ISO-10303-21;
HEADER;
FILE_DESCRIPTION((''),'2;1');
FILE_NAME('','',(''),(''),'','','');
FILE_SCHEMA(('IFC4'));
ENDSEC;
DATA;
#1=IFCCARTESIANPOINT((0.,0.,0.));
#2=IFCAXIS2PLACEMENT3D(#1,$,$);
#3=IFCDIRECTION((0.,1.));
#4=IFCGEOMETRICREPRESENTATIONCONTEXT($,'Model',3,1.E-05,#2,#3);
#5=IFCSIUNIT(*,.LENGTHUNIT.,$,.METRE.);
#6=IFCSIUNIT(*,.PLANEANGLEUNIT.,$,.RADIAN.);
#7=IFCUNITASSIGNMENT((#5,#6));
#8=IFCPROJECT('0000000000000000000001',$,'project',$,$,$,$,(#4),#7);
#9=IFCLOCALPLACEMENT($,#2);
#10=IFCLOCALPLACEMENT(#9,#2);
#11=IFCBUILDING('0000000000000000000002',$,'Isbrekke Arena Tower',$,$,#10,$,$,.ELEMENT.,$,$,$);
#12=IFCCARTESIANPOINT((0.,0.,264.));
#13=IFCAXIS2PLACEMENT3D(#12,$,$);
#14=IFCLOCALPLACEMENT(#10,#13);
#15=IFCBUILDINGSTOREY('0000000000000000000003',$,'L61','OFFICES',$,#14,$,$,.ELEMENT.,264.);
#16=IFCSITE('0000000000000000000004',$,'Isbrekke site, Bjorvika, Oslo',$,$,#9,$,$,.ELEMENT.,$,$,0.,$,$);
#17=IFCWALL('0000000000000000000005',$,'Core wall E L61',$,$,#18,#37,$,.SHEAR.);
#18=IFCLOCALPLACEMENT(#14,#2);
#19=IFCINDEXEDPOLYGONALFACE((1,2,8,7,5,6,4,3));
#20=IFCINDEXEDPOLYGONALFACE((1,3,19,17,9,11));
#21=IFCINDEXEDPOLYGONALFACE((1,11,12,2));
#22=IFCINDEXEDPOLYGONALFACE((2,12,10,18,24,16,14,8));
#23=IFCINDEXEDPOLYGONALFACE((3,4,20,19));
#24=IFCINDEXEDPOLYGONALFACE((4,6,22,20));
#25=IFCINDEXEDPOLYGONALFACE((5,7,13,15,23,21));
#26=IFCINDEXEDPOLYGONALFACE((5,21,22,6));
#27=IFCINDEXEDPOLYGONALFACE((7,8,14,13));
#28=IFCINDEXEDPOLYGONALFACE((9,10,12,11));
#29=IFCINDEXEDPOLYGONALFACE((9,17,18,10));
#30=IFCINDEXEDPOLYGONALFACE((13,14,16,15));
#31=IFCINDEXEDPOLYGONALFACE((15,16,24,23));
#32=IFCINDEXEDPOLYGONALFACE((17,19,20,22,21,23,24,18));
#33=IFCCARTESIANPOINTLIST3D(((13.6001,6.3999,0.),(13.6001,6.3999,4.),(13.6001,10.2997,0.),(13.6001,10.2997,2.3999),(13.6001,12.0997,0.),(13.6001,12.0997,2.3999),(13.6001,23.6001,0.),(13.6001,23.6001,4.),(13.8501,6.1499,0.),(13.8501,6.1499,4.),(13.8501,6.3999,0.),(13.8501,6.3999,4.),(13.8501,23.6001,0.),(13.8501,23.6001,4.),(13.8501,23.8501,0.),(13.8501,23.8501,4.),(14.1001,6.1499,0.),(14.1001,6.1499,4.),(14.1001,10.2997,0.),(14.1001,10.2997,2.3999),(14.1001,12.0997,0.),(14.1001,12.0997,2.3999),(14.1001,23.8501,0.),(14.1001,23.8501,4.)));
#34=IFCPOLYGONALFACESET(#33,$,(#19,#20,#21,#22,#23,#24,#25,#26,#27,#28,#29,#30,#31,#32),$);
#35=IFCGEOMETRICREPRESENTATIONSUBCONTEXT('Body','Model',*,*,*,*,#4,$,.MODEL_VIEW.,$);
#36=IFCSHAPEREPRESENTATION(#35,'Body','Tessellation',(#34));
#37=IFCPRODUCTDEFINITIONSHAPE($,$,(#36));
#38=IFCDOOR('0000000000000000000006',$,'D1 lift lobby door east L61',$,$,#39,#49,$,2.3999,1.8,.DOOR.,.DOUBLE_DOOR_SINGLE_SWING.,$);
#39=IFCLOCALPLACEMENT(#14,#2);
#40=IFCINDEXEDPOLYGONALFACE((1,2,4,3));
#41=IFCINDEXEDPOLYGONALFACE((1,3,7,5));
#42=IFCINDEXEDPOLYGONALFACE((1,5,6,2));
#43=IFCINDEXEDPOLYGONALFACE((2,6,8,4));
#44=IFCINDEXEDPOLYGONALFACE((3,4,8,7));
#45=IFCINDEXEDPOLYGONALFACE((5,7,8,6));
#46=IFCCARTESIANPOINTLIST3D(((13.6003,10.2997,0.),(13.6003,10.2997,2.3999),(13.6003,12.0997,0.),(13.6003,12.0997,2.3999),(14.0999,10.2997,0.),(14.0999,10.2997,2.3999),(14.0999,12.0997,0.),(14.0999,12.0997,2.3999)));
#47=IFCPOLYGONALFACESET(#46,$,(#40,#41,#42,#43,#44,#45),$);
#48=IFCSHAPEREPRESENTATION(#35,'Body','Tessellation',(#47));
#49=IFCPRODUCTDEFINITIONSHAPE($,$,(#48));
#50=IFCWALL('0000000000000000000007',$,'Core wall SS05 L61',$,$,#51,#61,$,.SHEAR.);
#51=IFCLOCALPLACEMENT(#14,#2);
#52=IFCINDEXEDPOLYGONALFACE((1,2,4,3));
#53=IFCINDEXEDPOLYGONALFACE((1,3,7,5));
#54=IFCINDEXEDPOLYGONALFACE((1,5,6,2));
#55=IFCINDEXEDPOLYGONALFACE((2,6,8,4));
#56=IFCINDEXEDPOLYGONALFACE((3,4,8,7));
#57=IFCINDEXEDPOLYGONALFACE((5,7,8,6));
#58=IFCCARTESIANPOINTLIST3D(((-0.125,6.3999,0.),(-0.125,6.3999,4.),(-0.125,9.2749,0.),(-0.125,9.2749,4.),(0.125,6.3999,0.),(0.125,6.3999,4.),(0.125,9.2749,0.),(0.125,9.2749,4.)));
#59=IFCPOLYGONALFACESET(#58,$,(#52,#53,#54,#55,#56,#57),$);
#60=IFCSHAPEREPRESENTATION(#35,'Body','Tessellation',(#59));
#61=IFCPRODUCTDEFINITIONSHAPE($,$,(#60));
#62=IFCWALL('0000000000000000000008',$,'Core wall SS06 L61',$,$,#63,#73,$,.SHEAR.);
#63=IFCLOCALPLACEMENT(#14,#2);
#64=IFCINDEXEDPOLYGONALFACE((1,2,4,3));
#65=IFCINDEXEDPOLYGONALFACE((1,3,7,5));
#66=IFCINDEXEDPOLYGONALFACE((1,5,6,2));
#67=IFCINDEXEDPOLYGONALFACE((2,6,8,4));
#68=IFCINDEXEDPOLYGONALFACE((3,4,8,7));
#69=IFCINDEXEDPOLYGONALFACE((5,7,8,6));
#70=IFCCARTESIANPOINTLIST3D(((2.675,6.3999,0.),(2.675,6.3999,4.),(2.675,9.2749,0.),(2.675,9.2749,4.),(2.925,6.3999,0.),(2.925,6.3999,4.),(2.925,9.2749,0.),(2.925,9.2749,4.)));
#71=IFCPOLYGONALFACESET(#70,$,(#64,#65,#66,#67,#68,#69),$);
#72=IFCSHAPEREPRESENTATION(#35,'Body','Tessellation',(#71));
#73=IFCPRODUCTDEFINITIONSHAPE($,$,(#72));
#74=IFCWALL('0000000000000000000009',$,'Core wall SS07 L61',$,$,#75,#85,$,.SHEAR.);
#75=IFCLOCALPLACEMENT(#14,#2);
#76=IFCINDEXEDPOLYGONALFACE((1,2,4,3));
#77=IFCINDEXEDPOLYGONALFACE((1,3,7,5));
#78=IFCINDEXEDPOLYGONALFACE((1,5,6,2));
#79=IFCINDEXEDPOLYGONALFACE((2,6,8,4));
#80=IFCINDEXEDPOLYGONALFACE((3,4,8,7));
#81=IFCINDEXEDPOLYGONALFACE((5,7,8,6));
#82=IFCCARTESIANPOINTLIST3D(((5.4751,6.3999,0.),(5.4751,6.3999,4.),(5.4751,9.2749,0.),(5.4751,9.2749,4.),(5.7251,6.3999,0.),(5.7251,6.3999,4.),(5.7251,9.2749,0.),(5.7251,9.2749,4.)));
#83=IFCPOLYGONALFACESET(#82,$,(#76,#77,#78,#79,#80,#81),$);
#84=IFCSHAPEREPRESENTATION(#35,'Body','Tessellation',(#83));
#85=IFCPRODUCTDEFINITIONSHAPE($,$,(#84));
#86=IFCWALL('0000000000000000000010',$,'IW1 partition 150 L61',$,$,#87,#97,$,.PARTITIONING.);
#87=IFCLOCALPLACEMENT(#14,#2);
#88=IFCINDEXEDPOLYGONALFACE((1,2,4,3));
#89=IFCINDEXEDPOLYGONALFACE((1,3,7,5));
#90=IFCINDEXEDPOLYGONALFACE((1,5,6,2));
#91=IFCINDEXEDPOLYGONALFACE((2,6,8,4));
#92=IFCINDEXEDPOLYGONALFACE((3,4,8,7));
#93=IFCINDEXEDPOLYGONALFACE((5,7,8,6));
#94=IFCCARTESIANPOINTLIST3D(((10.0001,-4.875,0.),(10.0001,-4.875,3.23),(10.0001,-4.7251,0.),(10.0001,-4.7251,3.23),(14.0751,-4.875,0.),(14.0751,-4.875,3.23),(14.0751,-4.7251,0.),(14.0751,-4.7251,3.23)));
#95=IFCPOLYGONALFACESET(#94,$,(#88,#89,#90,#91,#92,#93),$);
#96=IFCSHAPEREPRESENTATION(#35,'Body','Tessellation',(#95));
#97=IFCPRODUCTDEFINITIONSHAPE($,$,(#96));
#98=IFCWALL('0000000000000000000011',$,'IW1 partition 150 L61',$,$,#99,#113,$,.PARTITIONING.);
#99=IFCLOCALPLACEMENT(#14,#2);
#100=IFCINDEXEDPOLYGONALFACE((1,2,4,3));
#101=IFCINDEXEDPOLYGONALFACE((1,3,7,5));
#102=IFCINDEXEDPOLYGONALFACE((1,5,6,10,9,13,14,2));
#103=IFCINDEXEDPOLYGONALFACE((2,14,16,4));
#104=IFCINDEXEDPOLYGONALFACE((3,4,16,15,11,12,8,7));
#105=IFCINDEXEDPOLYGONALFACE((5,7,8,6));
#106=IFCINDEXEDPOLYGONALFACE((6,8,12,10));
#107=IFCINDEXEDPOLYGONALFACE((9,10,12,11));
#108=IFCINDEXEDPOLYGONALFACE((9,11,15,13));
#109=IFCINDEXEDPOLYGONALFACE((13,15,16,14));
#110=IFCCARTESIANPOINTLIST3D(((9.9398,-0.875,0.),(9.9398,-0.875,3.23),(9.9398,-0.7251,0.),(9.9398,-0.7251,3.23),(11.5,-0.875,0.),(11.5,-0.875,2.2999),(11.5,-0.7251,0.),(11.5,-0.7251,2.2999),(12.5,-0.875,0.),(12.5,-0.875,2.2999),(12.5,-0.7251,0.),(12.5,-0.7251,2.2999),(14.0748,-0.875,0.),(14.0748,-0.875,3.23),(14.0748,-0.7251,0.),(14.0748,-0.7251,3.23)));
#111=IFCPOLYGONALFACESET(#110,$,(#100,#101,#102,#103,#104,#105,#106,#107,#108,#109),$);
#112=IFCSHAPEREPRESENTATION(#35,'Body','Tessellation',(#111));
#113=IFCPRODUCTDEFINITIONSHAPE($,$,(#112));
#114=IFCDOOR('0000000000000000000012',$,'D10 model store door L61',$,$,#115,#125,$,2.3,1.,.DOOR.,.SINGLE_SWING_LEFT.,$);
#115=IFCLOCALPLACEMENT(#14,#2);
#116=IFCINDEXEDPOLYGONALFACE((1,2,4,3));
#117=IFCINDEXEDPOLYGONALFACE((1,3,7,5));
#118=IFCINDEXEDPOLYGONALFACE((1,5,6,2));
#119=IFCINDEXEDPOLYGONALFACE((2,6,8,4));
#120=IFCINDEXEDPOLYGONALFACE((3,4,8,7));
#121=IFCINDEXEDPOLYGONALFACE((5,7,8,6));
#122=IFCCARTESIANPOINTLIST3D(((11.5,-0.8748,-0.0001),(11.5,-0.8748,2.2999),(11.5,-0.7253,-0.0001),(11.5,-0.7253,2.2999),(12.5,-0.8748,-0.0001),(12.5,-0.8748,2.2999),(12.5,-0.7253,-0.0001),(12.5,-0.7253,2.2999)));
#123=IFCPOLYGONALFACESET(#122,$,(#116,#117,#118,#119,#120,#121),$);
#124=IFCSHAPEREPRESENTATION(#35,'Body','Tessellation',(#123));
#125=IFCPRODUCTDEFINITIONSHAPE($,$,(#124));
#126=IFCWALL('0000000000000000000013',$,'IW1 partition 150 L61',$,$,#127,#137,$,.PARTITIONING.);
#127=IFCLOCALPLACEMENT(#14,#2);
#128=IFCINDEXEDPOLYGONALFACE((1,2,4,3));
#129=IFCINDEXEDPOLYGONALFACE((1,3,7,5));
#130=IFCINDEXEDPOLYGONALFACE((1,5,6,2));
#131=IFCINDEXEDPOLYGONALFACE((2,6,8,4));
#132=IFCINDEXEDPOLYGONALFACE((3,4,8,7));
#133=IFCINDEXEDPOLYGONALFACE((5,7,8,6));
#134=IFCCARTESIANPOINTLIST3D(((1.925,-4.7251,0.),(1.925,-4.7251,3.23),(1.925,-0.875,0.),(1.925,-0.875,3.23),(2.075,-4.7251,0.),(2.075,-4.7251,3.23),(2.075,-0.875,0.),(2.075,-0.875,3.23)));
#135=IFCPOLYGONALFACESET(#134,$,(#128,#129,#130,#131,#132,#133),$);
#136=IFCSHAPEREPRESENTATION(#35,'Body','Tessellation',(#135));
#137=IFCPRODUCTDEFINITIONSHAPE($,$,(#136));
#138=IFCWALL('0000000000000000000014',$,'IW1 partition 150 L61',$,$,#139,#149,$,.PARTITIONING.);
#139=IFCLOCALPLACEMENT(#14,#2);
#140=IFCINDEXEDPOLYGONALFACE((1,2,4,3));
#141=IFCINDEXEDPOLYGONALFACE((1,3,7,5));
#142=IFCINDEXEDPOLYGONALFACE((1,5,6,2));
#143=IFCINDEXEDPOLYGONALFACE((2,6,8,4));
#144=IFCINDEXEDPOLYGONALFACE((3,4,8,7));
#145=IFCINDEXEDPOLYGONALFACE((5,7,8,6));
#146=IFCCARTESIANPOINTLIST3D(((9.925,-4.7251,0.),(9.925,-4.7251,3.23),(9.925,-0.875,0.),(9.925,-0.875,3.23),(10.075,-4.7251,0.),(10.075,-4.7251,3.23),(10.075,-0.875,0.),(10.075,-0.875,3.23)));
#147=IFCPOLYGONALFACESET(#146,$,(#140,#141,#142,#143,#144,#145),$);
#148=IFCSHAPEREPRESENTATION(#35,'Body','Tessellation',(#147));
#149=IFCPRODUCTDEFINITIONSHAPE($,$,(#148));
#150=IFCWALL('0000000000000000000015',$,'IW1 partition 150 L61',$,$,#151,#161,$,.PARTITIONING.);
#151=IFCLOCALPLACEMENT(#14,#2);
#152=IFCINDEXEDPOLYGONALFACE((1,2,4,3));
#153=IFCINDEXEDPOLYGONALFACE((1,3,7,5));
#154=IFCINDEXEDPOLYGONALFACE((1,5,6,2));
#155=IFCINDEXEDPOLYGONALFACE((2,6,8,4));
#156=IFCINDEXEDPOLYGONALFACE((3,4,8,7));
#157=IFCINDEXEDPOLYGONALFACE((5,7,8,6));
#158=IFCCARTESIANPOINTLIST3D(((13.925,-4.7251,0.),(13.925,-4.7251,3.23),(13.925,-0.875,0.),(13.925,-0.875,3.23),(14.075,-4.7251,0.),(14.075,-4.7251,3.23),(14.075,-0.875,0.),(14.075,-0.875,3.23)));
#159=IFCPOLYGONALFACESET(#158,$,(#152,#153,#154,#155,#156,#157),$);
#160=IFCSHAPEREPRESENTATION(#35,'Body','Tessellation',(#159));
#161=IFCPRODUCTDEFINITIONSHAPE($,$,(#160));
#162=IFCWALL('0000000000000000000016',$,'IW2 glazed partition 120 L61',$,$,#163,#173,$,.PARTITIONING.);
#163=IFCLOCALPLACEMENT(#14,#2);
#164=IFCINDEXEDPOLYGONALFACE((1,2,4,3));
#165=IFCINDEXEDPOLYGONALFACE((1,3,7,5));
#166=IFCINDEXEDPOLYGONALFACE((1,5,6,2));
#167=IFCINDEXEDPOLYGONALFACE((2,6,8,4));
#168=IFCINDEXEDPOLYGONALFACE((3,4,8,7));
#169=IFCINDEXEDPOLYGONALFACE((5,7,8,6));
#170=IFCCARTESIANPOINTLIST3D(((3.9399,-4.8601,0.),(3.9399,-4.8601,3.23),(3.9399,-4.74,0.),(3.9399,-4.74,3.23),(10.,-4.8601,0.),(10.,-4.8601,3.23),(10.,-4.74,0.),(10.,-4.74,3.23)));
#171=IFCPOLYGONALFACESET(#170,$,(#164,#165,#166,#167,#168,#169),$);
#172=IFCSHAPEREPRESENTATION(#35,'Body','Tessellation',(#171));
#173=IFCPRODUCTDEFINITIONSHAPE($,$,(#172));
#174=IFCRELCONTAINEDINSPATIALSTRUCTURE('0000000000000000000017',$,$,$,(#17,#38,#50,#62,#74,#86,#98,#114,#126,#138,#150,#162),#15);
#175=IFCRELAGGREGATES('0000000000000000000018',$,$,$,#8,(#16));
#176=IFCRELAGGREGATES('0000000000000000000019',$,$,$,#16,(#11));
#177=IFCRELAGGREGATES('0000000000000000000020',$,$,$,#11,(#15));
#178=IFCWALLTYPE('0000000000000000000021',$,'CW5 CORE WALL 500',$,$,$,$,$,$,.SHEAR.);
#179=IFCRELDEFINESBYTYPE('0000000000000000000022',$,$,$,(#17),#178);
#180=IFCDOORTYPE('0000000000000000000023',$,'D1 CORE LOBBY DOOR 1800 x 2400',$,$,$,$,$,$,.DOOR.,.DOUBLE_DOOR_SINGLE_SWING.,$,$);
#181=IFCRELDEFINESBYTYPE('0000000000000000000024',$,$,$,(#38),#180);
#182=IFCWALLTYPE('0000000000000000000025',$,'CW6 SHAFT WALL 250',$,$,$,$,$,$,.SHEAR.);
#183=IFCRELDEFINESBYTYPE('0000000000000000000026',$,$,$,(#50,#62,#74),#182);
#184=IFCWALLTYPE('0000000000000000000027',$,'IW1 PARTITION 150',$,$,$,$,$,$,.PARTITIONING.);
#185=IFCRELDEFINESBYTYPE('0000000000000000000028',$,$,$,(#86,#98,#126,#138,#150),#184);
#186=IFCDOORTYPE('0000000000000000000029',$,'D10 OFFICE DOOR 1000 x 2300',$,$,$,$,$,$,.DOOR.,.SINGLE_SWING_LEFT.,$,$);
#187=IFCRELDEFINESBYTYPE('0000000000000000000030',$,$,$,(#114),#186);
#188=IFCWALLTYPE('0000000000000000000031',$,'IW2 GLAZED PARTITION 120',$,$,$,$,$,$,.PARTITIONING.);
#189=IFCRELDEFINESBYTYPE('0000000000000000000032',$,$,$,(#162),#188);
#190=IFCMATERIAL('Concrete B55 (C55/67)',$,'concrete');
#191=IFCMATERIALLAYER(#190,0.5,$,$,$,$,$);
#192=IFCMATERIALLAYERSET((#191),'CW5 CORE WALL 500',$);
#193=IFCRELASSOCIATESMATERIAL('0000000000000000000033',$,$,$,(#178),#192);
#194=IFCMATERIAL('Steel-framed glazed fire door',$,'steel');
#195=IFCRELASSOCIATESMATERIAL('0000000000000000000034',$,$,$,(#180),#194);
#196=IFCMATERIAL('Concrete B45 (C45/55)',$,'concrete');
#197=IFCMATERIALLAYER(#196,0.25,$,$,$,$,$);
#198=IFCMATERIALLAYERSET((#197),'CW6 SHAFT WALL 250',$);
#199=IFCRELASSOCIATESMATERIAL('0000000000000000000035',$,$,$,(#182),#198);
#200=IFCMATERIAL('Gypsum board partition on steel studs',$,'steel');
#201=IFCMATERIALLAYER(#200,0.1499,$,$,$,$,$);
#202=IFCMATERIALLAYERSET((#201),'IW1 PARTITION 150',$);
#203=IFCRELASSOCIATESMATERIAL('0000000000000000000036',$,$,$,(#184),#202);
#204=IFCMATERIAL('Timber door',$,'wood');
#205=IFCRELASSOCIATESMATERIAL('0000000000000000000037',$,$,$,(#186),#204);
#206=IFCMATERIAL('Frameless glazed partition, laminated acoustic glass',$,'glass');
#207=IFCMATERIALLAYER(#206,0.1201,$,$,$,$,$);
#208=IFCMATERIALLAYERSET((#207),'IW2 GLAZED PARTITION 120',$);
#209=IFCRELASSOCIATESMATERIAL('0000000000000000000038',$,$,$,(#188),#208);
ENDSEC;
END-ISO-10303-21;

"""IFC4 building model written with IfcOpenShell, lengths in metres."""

from ifc_helpers import new_model, si_unit, direction, frame, frame_2d, origin, place, context, subcontext, project, spatial, polyline, rectangle, outline, extrude, material, layer, layer_set, type_object, element, fill, save


model = new_model("IFC4")

# Units and contexts
model_context = context("Model", 3, precision=1e-05, world=origin(), true_north=direction((0.0, 1.0)))
body_context = subcontext(model_context, "Body", "Model", "MODEL_VIEW")
ifc_project = project(units=[si_unit("LENGTHUNIT", "METRE"), si_unit("PLANEANGLEUNIT", "RADIAN")], contexts=[model_context])

# Site, building, storey
site_placement = place(None, origin())
site = spatial("IfcSite", under=ifc_project, at=site_placement, Name="Isbrekke site, Bjorvika, Oslo", CompositionType="ELEMENT", RefElevation=0.0)
building_placement = place(site_placement, origin())
building = spatial("IfcBuilding", under=site, at=building_placement, Name="Isbrekke Arena Tower", CompositionType="ELEMENT")
storey_placement = place(building_placement, frame((0.0, 0.0, 264.0)))
storey = spatial("IfcBuildingStorey", under=building, at=storey_placement, Name="L61", Description="OFFICES", CompositionType="ELEMENT", Elevation=264.0)

# Wall, opening, door
ifc_material_1 = material(Name="Concrete B55 (C55/67)", Category="concrete")
ifc_layer_1 = layer(ifc_material_1, 0.5)
ifc_layer_set_1 = layer_set([ifc_layer_1], Name="CW5 CORE WALL 500")
wall_type_1 = type_object("IfcWallType", Name="CW5 CORE WALL 500", PredefinedType="SHEAR", material=ifc_layer_set_1)
wall_1_placement = place(storey_placement, frame((13.8501, 6.1499, 0.0), z_axis=(0.0, 0.0, 1.0), x_axis=(0.0, 1.0, 0.0)))
wall_1 = element("IfcWall", 1, at=wall_1_placement, inside=storey, type_object=wall_type_1, Name="Core wall E L61", PredefinedType="SHEAR", context=body_context, shape_type="SweptSolid", body=[
    extrude(outline(polyline([(0.0, -0.25), (17.7002, -0.25), (17.7002, 0.0), (17.4502, 0.0), (17.4502, 0.25), (0.25, 0.25), (0.25, 0.0), (0.0, 0.0), (0.0, -0.25)])), origin(), (0.0, 0.0, 1.0), 4.0),
])
opening_1_placement = place(wall_1_placement, frame((4.1499, 0.0, 0.0)))
opening_1 = element("IfcOpeningElement", 2, at=opening_1_placement, cuts=wall_1, PredefinedType="OPENING", context=body_context, shape_type="SweptSolid", body=[
    extrude(rectangle(XDim=1.8, YDim=2.3999, at=frame_2d((0.8999, 1.2))), frame((0.0, 0.2649, 0.0), z_axis=(0.0, -1.0, 0.0), x_axis=(1.0, 0.0, 0.0)), (0.0, 0.0, 1.0), 0.5298),
])
ifc_material_2 = material(Name="Steel-framed glazed fire door", Category="steel")
door_type_1 = type_object("IfcDoorType", Name="D1 CORE LOBBY DOOR 1800 x 2400", OperationType="DOUBLE_DOOR_SINGLE_SWING", PredefinedType="DOOR", material=ifc_material_2)
door_1_placement = place(opening_1_placement, origin())
door_1 = element("IfcDoor", 3, at=door_1_placement, inside=storey, type_object=door_type_1, Name="D1 lift lobby door east L61", OperationType="DOUBLE_DOOR_SINGLE_SWING", OverallHeight=2.3999, OverallWidth=1.8, PredefinedType="DOOR", context=body_context, shape_type="SweptSolid", body=[
    extrude(rectangle(XDim=1.8, YDim=2.3999, at=frame_2d((0.8999, 1.2))), frame((0.0, 0.2498, 0.0), z_axis=(0.0, -1.0, 0.0), x_axis=(1.0, 0.0, 0.0)), (0.0, 0.0, 1.0), 0.4995),
])
fill(opening_1, door_1)

# Walls
ifc_material_3 = material(Name="Concrete B45 (C45/55)", Category="concrete")
ifc_layer_2 = layer(ifc_material_3, 0.25)
ifc_layer_set_2 = layer_set([ifc_layer_2], Name="CW6 SHAFT WALL 250")
wall_type_2 = type_object("IfcWallType", Name="CW6 SHAFT WALL 250", PredefinedType="SHEAR", material=ifc_layer_set_2)
for number, where, z_axis, x_axis, name in (
    (4, (0.0, 6.3999, 0.0), (0.0, 0.0, 1.0), (0.0, 1.0, 0.0), "Core wall SS05 L61"),
    (5, (2.8, 6.3999, 0.0), (0.0, 0.0, 1.0), (0.0, 1.0, 0.0), "Core wall SS06 L61"),
    (6, (5.6001, 6.3999, 0.0), (0.0, 0.0, 1.0), (0.0, 1.0, 0.0), "Core wall SS07 L61"),
):
    element("IfcWall", number, at=place(storey_placement, frame(where, z_axis=z_axis, x_axis=x_axis)), inside=storey, type_object=wall_type_2, Name=name, PredefinedType="SHEAR", context=body_context, shape_type="SweptSolid", body=[
        extrude(rectangle(XDim=2.875, YDim=0.25, at=frame_2d((1.4375, 0.0))), origin(), (0.0, 0.0, 1.0), 4.0),
    ])
ifc_material_4 = material(Name="Gypsum board partition on steel studs", Category="steel")
ifc_layer_3 = layer(ifc_material_4, 0.1499)
ifc_layer_set_3 = layer_set([ifc_layer_3], Name="IW1 PARTITION 150")
wall_type_3 = type_object("IfcWallType", Name="IW1 PARTITION 150", PredefinedType="PARTITIONING", material=ifc_layer_set_3)
wall_2_placement = place(storey_placement, frame((10.0, -4.8, 0.0), z_axis=(0.0, 0.0, 1.0), x_axis=(1.0, 0.0, 0.0)))
element("IfcWall", 7, at=wall_2_placement, inside=storey, type_object=wall_type_3, Name="IW1 partition 150 L61", PredefinedType="PARTITIONING", context=body_context, shape_type="SweptSolid", body=[
    extrude(rectangle(XDim=4.075, YDim=0.1499, at=frame_2d((2.0376, 0.0))), origin(), (0.0, 0.0, 1.0), 3.23),
])

# Wall, opening, door
wall_3_placement = place(storey_placement, frame((9.9399, -0.8, 0.0), z_axis=(0.0, 0.0, 1.0), x_axis=(1.0, 0.0, 0.0)))
wall_3 = element("IfcWall", 8, at=wall_3_placement, inside=storey, type_object=wall_type_3, Name="IW1 partition 150 L61", PredefinedType="PARTITIONING", context=body_context, shape_type="SweptSolid", body=[
    extrude(rectangle(XDim=4.135, YDim=0.1499, at=frame_2d((2.0674, 0.0))), origin(), (0.0, 0.0, 1.0), 3.23),
])
opening_2_placement = place(wall_3_placement, frame((1.5601, 0.0, 0.0)))
opening_2 = element("IfcOpeningElement", 9, at=opening_2_placement, cuts=wall_3, PredefinedType="OPENING", context=body_context, shape_type="SweptSolid", body=[
    extrude(rectangle(XDim=1.0, YDim=2.3, at=frame_2d((0.5, 1.1499))), frame((0.0, 0.0898, 0.0), z_axis=(0.0, -1.0, 0.0), x_axis=(1.0, 0.0, 0.0)), (0.0, 0.0, 1.0), 0.1797),
])
ifc_material_5 = material(Name="Timber door", Category="wood")
door_type_2 = type_object("IfcDoorType", Name="D10 OFFICE DOOR 1000 x 2300", OperationType="SINGLE_SWING_LEFT", PredefinedType="DOOR", material=ifc_material_5)
door_2_placement = place(opening_2_placement, origin())
door_2 = element("IfcDoor", 10, at=door_2_placement, inside=storey, type_object=door_type_2, Name="D10 model store door L61", OperationType="SINGLE_SWING_LEFT", OverallHeight=2.3, OverallWidth=1.0, PredefinedType="DOOR", context=body_context, shape_type="SweptSolid", body=[
    extrude(rectangle(XDim=1.0, YDim=2.3, at=frame_2d((0.5, 1.1499))), frame((0.0, 0.0747, 0.0), z_axis=(0.0, -1.0, 0.0), x_axis=(1.0, 0.0, 0.0)), (0.0, 0.0, 1.0), 0.1494),
])
fill(opening_2, door_2)

# Walls
for number, where, z_axis, x_axis, name in (
    (11, (2.0, -4.7251, 0.0), (0.0, 0.0, 1.0), (0.0, 1.0, 0.0), "IW1 partition 150 L61"),
    (12, (10.0, -4.7251, 0.0), (0.0, 0.0, 1.0), (0.0, 1.0, 0.0), "IW1 partition 150 L61"),
    (13, (14.0, -4.7251, 0.0), (0.0, 0.0, 1.0), (0.0, 1.0, 0.0), "IW1 partition 150 L61"),
):
    element("IfcWall", number, at=place(storey_placement, frame(where, z_axis=z_axis, x_axis=x_axis)), inside=storey, type_object=wall_type_3, Name=name, PredefinedType="PARTITIONING", context=body_context, shape_type="SweptSolid", body=[
        extrude(rectangle(XDim=3.8501, YDim=0.1499, at=frame_2d((1.925, 0.0))), origin(), (0.0, 0.0, 1.0), 3.23),
    ])
ifc_material_6 = material(Name="Frameless glazed partition, laminated acoustic glass", Category="glass")
ifc_layer_4 = layer(ifc_material_6, 0.1201)
ifc_layer_set_4 = layer_set([ifc_layer_4], Name="IW2 GLAZED PARTITION 120")
wall_type_4 = type_object("IfcWallType", Name="IW2 GLAZED PARTITION 120", PredefinedType="PARTITIONING", material=ifc_layer_set_4)
wall_4_placement = place(storey_placement, frame((3.9399, -4.8, 0.0), z_axis=(0.0, 0.0, 1.0), x_axis=(1.0, 0.0, 0.0)))
element("IfcWall", 14, at=wall_4_placement, inside=storey, type_object=wall_type_4, Name="IW2 glazed partition 120 L61", PredefinedType="PARTITIONING", context=body_context, shape_type="SweptSolid", body=[
    extrude(rectangle(XDim=6.0601, YDim=0.1201, at=frame_2d((3.03, 0.0))), origin(), (0.0, 0.0, 1.0), 3.23),
])

save(model, "model.ifc")
